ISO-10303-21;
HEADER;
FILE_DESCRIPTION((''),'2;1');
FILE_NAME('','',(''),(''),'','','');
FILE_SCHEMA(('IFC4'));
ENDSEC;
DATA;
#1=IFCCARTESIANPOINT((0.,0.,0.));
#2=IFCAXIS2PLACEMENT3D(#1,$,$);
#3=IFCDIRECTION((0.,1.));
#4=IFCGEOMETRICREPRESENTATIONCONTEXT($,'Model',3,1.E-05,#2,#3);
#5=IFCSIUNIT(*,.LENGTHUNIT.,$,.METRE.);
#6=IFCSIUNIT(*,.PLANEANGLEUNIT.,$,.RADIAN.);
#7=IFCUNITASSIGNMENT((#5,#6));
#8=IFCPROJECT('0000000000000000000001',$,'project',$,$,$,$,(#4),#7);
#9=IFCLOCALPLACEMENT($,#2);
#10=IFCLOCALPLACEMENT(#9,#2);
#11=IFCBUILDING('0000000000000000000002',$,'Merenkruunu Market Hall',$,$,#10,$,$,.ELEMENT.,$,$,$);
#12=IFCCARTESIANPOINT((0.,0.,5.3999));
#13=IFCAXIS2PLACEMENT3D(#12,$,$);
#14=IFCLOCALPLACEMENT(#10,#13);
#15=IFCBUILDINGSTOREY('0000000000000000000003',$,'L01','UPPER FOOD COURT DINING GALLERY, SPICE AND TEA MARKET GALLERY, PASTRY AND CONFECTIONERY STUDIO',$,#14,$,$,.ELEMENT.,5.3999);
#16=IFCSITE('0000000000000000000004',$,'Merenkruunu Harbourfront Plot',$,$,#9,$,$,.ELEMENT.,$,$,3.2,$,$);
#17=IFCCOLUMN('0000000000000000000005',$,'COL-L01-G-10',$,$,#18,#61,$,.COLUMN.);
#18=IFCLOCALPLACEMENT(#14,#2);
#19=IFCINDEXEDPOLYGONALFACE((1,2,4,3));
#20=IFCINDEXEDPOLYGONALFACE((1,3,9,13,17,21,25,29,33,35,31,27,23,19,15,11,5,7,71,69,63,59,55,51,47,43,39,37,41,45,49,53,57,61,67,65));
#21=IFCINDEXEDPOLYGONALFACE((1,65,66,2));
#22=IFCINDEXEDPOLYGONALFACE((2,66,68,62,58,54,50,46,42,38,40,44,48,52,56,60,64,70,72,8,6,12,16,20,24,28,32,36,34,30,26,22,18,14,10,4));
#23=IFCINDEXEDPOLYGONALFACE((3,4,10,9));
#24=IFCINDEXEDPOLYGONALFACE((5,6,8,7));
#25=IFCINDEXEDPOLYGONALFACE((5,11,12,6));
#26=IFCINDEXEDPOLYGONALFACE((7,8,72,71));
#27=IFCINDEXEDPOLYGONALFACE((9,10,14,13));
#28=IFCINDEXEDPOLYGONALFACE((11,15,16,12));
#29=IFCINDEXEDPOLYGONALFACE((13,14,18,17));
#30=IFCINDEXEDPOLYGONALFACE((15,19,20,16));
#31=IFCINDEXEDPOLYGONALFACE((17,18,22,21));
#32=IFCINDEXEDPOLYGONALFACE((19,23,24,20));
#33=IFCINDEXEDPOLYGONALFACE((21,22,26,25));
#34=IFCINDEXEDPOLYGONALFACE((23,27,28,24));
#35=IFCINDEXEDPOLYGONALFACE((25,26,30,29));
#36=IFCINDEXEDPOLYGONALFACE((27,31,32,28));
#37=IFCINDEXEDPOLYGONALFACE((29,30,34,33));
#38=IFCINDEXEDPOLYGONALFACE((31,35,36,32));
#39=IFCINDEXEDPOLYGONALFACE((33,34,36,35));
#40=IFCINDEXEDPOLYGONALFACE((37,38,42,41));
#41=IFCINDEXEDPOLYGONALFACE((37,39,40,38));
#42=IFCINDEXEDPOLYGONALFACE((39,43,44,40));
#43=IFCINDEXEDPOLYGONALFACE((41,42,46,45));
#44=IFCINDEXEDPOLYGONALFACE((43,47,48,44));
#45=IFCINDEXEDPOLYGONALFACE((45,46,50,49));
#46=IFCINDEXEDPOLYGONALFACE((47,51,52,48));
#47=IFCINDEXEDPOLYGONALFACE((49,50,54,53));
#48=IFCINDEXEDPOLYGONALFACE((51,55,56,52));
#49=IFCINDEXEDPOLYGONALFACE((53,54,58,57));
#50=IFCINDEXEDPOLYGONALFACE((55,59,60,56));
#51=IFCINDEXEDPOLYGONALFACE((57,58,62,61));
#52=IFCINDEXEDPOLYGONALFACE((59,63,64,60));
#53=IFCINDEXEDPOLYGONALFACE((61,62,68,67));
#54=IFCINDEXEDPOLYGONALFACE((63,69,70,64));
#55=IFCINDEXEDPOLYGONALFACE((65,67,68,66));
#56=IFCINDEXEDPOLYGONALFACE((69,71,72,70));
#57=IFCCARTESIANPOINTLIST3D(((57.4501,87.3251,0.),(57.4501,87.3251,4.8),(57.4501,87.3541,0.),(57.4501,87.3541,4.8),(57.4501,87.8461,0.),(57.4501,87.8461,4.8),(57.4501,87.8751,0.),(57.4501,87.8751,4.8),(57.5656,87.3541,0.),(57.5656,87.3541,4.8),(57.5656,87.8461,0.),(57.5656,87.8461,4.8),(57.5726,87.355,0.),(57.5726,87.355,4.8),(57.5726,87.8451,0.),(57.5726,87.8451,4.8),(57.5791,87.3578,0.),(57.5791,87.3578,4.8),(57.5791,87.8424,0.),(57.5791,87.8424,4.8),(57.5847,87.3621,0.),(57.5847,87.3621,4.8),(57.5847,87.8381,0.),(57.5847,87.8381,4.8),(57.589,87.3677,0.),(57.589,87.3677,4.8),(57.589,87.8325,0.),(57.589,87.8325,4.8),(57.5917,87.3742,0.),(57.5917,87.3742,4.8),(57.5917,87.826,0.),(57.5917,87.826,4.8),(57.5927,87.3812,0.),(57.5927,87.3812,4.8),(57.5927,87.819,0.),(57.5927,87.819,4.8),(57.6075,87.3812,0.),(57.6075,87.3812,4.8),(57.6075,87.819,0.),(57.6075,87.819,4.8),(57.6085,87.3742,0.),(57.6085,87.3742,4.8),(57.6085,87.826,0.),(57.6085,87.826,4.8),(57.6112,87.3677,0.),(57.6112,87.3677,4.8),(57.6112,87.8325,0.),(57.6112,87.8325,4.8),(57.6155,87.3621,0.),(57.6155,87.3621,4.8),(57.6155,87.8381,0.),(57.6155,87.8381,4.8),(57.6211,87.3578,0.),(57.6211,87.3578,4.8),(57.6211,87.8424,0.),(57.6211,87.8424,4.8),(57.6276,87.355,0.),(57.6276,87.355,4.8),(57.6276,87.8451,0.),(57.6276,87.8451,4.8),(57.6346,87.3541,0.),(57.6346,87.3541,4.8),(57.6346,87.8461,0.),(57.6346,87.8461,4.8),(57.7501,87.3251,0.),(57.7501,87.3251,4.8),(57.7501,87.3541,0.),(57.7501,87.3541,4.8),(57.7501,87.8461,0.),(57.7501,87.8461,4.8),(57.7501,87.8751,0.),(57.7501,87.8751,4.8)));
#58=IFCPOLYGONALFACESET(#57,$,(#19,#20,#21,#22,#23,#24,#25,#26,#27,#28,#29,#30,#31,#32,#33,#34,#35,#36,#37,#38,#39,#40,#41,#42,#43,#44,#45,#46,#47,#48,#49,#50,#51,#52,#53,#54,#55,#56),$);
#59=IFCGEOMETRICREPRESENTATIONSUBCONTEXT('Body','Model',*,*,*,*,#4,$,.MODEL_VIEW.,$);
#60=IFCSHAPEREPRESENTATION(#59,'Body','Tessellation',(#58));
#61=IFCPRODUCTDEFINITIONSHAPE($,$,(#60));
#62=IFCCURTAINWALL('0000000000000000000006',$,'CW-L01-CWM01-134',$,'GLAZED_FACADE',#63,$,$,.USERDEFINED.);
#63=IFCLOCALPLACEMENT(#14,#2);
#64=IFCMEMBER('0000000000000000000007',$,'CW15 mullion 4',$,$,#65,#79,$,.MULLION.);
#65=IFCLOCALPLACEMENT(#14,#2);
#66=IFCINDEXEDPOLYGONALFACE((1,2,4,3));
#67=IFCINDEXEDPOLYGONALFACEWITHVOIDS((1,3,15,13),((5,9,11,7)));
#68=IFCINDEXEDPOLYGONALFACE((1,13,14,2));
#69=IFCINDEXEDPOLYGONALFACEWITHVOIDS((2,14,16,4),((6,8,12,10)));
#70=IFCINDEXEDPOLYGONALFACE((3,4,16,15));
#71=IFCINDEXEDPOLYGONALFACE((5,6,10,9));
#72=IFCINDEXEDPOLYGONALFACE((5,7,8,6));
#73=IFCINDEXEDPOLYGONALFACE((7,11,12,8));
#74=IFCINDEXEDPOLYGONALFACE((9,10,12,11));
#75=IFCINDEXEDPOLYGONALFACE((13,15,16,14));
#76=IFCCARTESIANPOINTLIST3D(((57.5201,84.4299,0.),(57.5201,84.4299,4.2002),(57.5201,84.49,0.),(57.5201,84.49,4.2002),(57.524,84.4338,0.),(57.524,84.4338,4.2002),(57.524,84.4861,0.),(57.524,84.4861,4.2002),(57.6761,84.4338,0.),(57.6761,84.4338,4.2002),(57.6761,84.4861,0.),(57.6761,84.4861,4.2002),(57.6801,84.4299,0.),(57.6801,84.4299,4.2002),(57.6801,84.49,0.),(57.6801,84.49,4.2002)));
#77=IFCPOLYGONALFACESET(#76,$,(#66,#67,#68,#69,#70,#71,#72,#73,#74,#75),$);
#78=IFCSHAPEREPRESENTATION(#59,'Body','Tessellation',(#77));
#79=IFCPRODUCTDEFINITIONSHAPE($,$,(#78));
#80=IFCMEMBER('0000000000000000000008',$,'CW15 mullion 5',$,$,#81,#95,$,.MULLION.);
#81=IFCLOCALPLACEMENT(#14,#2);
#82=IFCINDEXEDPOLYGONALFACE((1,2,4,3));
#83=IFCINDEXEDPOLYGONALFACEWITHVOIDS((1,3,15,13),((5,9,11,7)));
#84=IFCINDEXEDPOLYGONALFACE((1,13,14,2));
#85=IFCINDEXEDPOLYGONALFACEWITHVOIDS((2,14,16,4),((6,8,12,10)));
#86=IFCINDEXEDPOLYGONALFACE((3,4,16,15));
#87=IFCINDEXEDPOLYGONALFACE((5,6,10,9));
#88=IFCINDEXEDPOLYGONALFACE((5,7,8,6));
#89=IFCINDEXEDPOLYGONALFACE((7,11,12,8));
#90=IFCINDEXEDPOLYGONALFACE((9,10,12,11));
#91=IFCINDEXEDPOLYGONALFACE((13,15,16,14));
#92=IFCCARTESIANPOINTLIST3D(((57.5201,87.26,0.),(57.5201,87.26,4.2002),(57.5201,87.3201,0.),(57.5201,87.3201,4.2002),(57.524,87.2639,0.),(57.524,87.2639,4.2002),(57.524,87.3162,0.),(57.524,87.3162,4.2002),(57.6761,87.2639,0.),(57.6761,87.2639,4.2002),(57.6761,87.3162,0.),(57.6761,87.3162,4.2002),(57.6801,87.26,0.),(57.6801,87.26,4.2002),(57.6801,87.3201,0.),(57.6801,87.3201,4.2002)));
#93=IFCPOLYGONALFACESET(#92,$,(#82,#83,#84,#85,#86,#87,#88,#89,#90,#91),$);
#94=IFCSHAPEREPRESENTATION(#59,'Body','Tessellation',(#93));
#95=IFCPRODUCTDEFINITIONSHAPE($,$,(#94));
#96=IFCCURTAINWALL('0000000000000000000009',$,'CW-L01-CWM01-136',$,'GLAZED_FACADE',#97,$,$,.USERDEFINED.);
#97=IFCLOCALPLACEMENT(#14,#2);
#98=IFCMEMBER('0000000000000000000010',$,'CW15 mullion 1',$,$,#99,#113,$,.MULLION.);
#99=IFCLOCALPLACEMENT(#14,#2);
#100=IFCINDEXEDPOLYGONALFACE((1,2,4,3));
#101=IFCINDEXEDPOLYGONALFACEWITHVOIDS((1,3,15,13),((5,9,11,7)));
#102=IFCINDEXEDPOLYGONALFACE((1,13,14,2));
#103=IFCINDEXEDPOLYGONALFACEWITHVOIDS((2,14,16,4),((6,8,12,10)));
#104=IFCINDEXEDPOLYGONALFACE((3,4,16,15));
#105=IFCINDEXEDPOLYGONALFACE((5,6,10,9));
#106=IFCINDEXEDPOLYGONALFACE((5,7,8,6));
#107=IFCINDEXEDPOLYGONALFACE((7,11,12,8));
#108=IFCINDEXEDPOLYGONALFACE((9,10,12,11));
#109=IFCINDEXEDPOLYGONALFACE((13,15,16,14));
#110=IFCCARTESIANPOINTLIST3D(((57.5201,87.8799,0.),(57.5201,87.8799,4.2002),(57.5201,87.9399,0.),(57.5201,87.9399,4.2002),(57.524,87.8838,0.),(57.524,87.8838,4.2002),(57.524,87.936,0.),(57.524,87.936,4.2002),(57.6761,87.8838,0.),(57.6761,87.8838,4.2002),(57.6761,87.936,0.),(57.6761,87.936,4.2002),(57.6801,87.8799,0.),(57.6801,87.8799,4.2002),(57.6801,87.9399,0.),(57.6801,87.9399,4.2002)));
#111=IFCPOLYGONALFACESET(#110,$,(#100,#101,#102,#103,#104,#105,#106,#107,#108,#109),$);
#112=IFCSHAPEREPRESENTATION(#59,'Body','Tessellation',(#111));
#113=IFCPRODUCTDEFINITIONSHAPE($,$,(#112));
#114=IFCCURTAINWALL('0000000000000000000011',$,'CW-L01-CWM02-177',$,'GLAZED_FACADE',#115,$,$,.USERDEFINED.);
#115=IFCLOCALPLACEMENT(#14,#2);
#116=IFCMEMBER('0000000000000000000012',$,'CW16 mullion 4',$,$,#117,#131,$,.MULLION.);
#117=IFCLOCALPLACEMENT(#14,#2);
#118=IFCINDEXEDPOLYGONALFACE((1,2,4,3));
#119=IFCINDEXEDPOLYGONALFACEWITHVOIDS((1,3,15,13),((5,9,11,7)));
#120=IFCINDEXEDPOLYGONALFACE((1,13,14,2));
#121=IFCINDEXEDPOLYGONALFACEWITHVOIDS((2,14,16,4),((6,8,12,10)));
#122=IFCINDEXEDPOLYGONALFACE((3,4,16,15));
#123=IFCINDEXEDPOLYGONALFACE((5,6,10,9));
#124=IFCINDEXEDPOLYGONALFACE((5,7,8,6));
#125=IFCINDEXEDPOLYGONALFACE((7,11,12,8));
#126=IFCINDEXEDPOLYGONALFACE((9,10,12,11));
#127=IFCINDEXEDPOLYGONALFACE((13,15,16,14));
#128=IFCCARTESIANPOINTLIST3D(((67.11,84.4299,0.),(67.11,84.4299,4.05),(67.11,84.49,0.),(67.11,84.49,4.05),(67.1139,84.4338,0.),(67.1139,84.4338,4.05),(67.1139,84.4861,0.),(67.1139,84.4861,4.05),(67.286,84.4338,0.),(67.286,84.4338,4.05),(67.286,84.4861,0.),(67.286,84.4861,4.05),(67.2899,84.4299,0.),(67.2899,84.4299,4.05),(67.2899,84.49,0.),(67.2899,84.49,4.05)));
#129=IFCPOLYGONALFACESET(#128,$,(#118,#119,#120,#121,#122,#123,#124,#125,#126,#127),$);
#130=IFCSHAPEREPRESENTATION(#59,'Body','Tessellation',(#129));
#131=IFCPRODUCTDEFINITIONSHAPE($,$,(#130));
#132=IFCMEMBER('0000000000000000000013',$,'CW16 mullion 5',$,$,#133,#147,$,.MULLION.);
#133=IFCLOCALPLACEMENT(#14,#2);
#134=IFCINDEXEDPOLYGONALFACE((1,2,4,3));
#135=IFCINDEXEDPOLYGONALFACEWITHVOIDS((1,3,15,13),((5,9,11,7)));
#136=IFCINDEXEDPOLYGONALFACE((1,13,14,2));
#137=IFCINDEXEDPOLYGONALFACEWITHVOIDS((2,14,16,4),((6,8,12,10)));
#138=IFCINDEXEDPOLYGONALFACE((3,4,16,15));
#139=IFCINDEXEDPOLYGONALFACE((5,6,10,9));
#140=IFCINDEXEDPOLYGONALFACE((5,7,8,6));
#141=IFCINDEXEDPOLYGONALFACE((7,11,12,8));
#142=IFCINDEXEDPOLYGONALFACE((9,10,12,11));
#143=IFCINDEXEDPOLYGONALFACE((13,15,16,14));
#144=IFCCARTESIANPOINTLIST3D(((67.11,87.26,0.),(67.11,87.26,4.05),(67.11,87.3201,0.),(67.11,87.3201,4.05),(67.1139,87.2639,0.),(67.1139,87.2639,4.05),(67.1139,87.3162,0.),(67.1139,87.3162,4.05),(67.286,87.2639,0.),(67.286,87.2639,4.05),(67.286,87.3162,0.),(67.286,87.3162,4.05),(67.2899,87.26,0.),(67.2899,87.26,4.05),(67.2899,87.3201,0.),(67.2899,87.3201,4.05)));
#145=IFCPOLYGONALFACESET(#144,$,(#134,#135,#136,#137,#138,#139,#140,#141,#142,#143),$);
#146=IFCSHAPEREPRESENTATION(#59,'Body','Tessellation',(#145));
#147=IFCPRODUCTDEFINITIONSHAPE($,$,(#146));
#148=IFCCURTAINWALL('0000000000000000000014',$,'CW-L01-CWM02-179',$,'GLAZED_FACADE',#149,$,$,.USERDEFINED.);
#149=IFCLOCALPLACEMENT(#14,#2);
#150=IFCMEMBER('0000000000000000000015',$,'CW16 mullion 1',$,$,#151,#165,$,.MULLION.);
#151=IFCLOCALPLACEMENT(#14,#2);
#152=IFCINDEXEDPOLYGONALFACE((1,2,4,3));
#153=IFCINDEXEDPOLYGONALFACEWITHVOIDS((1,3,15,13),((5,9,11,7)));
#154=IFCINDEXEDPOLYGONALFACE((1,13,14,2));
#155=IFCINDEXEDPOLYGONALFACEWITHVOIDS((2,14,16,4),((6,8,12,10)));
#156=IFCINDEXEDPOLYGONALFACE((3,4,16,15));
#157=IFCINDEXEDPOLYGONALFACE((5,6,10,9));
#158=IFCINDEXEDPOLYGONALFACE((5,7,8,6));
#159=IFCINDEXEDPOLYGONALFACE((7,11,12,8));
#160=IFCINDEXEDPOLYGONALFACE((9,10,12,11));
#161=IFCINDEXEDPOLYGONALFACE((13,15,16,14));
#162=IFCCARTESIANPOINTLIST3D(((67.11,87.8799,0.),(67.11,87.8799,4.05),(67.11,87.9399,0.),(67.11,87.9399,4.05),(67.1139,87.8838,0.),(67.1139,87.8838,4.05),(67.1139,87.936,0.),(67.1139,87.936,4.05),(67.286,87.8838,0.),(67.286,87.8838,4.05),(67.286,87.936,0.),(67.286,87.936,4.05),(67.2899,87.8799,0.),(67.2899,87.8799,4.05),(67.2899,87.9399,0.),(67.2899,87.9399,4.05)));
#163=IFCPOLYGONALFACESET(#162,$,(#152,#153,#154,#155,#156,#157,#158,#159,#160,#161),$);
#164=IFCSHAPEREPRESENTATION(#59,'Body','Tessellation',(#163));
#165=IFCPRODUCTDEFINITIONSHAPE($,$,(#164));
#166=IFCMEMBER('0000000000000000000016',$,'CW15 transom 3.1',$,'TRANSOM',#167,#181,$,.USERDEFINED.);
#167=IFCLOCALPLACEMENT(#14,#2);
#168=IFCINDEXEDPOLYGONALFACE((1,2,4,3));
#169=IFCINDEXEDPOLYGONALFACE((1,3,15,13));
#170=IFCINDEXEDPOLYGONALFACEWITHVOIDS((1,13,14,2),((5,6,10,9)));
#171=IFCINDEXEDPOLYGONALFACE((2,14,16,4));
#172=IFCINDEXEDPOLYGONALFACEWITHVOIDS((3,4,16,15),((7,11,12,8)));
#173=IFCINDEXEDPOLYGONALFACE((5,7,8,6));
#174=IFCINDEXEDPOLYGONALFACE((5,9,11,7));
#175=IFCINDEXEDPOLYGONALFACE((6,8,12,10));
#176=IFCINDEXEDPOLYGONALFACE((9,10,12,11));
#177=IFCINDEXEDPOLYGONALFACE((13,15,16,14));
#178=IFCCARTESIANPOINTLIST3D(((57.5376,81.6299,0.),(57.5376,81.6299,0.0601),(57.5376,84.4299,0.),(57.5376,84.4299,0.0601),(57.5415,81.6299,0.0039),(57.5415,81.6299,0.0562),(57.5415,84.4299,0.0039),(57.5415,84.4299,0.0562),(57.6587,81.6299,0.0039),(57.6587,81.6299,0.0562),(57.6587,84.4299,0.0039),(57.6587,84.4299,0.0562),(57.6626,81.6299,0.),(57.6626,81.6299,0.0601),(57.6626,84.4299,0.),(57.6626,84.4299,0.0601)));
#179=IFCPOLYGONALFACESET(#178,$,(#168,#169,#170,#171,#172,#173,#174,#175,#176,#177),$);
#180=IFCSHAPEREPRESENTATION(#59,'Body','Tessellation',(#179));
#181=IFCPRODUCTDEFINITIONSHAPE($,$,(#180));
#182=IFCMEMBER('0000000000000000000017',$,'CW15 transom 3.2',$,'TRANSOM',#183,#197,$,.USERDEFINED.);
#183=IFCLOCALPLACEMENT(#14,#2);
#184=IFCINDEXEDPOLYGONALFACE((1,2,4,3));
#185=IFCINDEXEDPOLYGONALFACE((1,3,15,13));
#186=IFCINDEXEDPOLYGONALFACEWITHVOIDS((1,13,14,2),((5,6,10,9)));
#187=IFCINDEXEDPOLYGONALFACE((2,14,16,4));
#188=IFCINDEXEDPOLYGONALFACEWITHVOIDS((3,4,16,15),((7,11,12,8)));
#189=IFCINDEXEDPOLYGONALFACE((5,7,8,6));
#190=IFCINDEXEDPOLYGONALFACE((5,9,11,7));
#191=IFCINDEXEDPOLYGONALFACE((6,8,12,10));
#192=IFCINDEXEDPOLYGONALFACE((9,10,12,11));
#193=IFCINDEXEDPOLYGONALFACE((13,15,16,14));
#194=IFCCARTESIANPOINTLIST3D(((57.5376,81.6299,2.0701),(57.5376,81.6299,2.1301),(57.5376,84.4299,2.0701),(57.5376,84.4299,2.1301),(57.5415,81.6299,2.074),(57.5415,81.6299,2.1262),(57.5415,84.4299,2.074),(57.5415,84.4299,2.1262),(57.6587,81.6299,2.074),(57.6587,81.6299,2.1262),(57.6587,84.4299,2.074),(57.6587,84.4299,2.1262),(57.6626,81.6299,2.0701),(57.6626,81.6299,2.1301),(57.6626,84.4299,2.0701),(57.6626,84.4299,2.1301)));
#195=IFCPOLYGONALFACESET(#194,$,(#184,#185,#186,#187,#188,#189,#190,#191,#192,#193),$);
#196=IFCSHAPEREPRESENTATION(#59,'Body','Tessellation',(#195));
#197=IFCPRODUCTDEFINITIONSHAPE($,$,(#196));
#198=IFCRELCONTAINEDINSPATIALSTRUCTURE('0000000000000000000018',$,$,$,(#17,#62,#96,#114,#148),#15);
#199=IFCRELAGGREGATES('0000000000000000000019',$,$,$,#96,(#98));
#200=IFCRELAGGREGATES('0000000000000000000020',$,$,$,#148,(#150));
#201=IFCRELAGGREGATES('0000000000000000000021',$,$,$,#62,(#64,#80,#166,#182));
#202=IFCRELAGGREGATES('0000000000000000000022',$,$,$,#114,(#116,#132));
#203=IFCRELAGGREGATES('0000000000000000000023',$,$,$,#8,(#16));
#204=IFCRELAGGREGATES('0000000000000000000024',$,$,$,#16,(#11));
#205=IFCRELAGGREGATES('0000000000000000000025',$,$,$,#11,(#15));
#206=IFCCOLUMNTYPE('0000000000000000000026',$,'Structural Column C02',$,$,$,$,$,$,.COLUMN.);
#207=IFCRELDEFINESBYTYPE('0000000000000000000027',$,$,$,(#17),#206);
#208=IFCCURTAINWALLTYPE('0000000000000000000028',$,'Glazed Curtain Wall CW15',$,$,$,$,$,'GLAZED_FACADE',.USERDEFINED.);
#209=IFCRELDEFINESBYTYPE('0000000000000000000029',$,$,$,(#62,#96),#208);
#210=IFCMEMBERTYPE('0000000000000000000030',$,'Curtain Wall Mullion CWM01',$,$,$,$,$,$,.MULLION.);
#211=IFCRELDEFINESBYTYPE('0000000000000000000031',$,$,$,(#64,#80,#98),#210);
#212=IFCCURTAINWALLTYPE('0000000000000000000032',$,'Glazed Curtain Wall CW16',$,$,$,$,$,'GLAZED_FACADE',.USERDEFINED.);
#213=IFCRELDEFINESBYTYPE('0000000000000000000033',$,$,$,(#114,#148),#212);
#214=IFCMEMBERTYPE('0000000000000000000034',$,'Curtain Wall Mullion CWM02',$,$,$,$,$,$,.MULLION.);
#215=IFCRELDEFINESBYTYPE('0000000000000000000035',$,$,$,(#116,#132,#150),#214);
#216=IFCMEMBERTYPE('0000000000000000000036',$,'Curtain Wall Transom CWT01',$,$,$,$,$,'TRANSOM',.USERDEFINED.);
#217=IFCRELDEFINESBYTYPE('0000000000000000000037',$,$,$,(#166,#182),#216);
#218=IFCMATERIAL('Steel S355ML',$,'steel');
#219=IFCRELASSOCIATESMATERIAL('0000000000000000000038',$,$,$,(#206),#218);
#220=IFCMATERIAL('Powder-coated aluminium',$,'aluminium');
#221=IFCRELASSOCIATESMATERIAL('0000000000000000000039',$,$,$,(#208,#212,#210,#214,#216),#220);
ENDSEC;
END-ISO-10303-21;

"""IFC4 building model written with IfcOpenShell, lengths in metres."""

from ifc_helpers import new_model, si_unit, direction, frame, origin, origin_2d, place, context, subcontext, project, spatial, hollow_rectangle, i_section, extrude, material, material_profile, profile_set, type_object, element, aggregate, save


model = new_model("IFC4")

# Units and contexts
model_context = context("Model", 3, precision=1e-05, world=origin(), true_north=direction((0.0, 1.0)))
body_context = subcontext(model_context, "Body", "Model", "MODEL_VIEW")
ifc_project = project(units=[si_unit("LENGTHUNIT", "METRE"), si_unit("PLANEANGLEUNIT", "RADIAN")], contexts=[model_context])

# Site, building, storey
site_placement = place(None, origin())
site = spatial("IfcSite", under=ifc_project, at=site_placement, Name="Merenkruunu Harbourfront Plot", CompositionType="ELEMENT", RefElevation=3.2)
building_placement = place(site_placement, origin())
building = spatial("IfcBuilding", under=site, at=building_placement, Name="Merenkruunu Market Hall", CompositionType="ELEMENT")
storey_placement = place(building_placement, frame((0.0, 0.0, 5.3999)))
storey = spatial("IfcBuildingStorey", under=building, at=storey_placement, Name="L01", Description="UPPER FOOD COURT DINING GALLERY, SPICE AND TEA MARKET GALLERY, PASTRY AND CONFECTIONERY STUDIO", CompositionType="ELEMENT", Elevation=5.3999)

# Column
ifc_material_1 = material(Name="Steel S355ML", Category="steel")
ifc_material_profile_1 = material_profile(ifc_material_1, i_section(OverallWidth=0.3, OverallDepth=0.55, WebThickness=0.0149, FlangeThickness=0.0291, FilletRadius=0.0271, at=origin_2d()), Name="HEB 550")
ifc_profile_set_1 = profile_set([ifc_material_profile_1], Name="Steel S355ML")
column_type = type_object("IfcColumnType", Name="Structural Column C02", PredefinedType="COLUMN", material=ifc_profile_set_1)
column_placement = place(storey_placement, frame((57.6001, 87.6001, 0.0), z_axis=(0.0, 0.0, 1.0), x_axis=(1.0, 0.0, 0.0)))
element("IfcColumn", 1, at=column_placement, inside=storey, type_object=column_type, Name="COL-L01-G-10", PredefinedType="COLUMN", context=body_context, shape_type="SweptSolid", body=[
    extrude(i_section(OverallWidth=0.3, OverallDepth=0.55, WebThickness=0.0149, FlangeThickness=0.0291, FilletRadius=0.0271, at=origin_2d()), origin(), (0.0, 0.0, 1.0), 4.8),
])

# Curtain wall, members
ifc_material_2 = material(Name="Powder-coated aluminium", Category="aluminium")
curtain_wall_type_1 = type_object("IfcCurtainWallType", Name="Glazed Curtain Wall CW15", ElementType="GLAZED_FACADE", PredefinedType="USERDEFINED", material=ifc_material_2)
curtain_wall_1_placement = place(storey_placement, origin())
curtain_wall_1 = element("IfcCurtainWall", 2, at=curtain_wall_1_placement, inside=storey, type_object=curtain_wall_type_1, Name="CW-L01-CWM01-134", ObjectType="GLAZED_FACADE", PredefinedType="USERDEFINED")
ifc_material_profile_2 = material_profile(ifc_material_2, hollow_rectangle(XDim=0.0601, YDim=0.1599, WallThickness=0.0039, at=origin_2d()), Name="ALU 60x160x4")
ifc_profile_set_2 = profile_set([ifc_material_profile_2], Name="Powder-coated aluminium")
member_type_1 = type_object("IfcMemberType", Name="Curtain Wall Mullion CWM01", PredefinedType="MULLION", material=ifc_profile_set_2)
member_1_placement = place(storey_placement, frame((57.6001, 84.46, 0.0), z_axis=(0.0, 0.0, 1.0), x_axis=(0.0, 1.0, 0.0)))
member_1 = element("IfcMember", 3, at=member_1_placement, type_object=member_type_1, Name="CW15 mullion 4", PredefinedType="MULLION", context=body_context, shape_type="SweptSolid", body=[
    extrude(hollow_rectangle(XDim=0.0601, YDim=0.1599, WallThickness=0.0039, at=origin_2d()), origin(), (0.0, 0.0, 1.0), 4.2002),
])
member_2_placement = place(storey_placement, frame((57.6001, 87.29, 0.0), z_axis=(0.0, 0.0, 1.0), x_axis=(0.0, 1.0, 0.0)))
member_2 = element("IfcMember", 4, at=member_2_placement, type_object=member_type_1, Name="CW15 mullion 5", PredefinedType="MULLION", context=body_context, shape_type="SweptSolid", body=[
    extrude(hollow_rectangle(XDim=0.0601, YDim=0.1599, WallThickness=0.0039, at=origin_2d()), origin(), (0.0, 0.0, 1.0), 4.2002),
])

# Curtain wall, member
curtain_wall_2_placement = place(storey_placement, origin())
curtain_wall_2 = element("IfcCurtainWall", 5, at=curtain_wall_2_placement, inside=storey, type_object=curtain_wall_type_1, Name="CW-L01-CWM01-136", ObjectType="GLAZED_FACADE", PredefinedType="USERDEFINED")
member_3_placement = place(storey_placement, frame((57.6001, 87.9099, 0.0), z_axis=(0.0, 0.0, 1.0), x_axis=(0.0, 1.0, 0.0)))
member_3 = element("IfcMember", 6, at=member_3_placement, type_object=member_type_1, Name="CW15 mullion 1", PredefinedType="MULLION", context=body_context, shape_type="SweptSolid", body=[
    extrude(hollow_rectangle(XDim=0.0601, YDim=0.1599, WallThickness=0.0039, at=origin_2d()), origin(), (0.0, 0.0, 1.0), 4.2002),
])

# Curtain wall, members
curtain_wall_type_2 = type_object("IfcCurtainWallType", Name="Glazed Curtain Wall CW16", ElementType="GLAZED_FACADE", PredefinedType="USERDEFINED", material=ifc_material_2)
curtain_wall_3_placement = place(storey_placement, origin())
curtain_wall_3 = element("IfcCurtainWall", 7, at=curtain_wall_3_placement, inside=storey, type_object=curtain_wall_type_2, Name="CW-L01-CWM02-177", ObjectType="GLAZED_FACADE", PredefinedType="USERDEFINED")
ifc_material_profile_3 = material_profile(ifc_material_2, hollow_rectangle(XDim=0.0601, YDim=0.1799, WallThickness=0.0039, at=origin_2d()), Name="ALU 60x180x4")
ifc_profile_set_3 = profile_set([ifc_material_profile_3], Name="Powder-coated aluminium")
member_type_2 = type_object("IfcMemberType", Name="Curtain Wall Mullion CWM02", PredefinedType="MULLION", material=ifc_profile_set_3)
member_4_placement = place(storey_placement, frame((67.2, 84.46, 0.0), z_axis=(0.0, 0.0, 1.0), x_axis=(0.0, 1.0, 0.0)))
member_4 = element("IfcMember", 8, at=member_4_placement, type_object=member_type_2, Name="CW16 mullion 4", PredefinedType="MULLION", context=body_context, shape_type="SweptSolid", body=[
    extrude(hollow_rectangle(XDim=0.0601, YDim=0.1799, WallThickness=0.0039, at=origin_2d()), origin(), (0.0, 0.0, 1.0), 4.05),
])
member_5_placement = place(storey_placement, frame((67.2, 87.29, 0.0), z_axis=(0.0, 0.0, 1.0), x_axis=(0.0, 1.0, 0.0)))
member_5 = element("IfcMember", 9, at=member_5_placement, type_object=member_type_2, Name="CW16 mullion 5", PredefinedType="MULLION", context=body_context, shape_type="SweptSolid", body=[
    extrude(hollow_rectangle(XDim=0.0601, YDim=0.1799, WallThickness=0.0039, at=origin_2d()), origin(), (0.0, 0.0, 1.0), 4.05),
])

# Curtain wall, member
curtain_wall_4_placement = place(storey_placement, origin())
curtain_wall_4 = element("IfcCurtainWall", 10, at=curtain_wall_4_placement, inside=storey, type_object=curtain_wall_type_2, Name="CW-L01-CWM02-179", ObjectType="GLAZED_FACADE", PredefinedType="USERDEFINED")
member_6_placement = place(storey_placement, frame((67.2, 87.9099, 0.0), z_axis=(0.0, 0.0, 1.0), x_axis=(0.0, 1.0, 0.0)))
member_6 = element("IfcMember", 11, at=member_6_placement, type_object=member_type_2, Name="CW16 mullion 1", PredefinedType="MULLION", context=body_context, shape_type="SweptSolid", body=[
    extrude(hollow_rectangle(XDim=0.0601, YDim=0.1799, WallThickness=0.0039, at=origin_2d()), origin(), (0.0, 0.0, 1.0), 4.05),
])

# Members
ifc_material_profile_4 = material_profile(ifc_material_2, hollow_rectangle(XDim=0.0601, YDim=0.125, WallThickness=0.0039, at=origin_2d()), Name="ALU 60x125x4")
ifc_profile_set_4 = profile_set([ifc_material_profile_4], Name="Powder-coated aluminium")
member_type_3 = type_object("IfcMemberType", Name="Curtain Wall Transom CWT01", ElementType="TRANSOM", PredefinedType="USERDEFINED", material=ifc_profile_set_4)
member_7_placement = place(storey_placement, frame((57.6001, 81.6299, 0.03), z_axis=(0.0, 1.0, 0.0), x_axis=(0.0, 0.0, 1.0)))
member_7 = element("IfcMember", 12, at=member_7_placement, type_object=member_type_3, Name="CW15 transom 3.1", ObjectType="TRANSOM", PredefinedType="USERDEFINED", context=body_context, shape_type="SweptSolid", body=[
    extrude(hollow_rectangle(XDim=0.0601, YDim=0.125, WallThickness=0.0039, at=origin_2d()), origin(), (0.0, 0.0, 1.0), 2.8),
])
member_8_placement = place(storey_placement, frame((57.6001, 81.6299, 2.1001), z_axis=(0.0, 1.0, 0.0), x_axis=(0.0, 0.0, 1.0)))
member_8 = element("IfcMember", 13, at=member_8_placement, type_object=member_type_3, Name="CW15 transom 3.2", ObjectType="TRANSOM", PredefinedType="USERDEFINED", context=body_context, shape_type="SweptSolid", body=[
    extrude(hollow_rectangle(XDim=0.0601, YDim=0.125, WallThickness=0.0039, at=origin_2d()), origin(), (0.0, 0.0, 1.0), 2.8),
])
aggregate(curtain_wall_2, [member_3])
aggregate(curtain_wall_4, [member_6])

aggregate(curtain_wall_1, [member_1, member_2, member_7, member_8])
aggregate(curtain_wall_3, [member_4, member_5])

save(model, "model.ifc")
